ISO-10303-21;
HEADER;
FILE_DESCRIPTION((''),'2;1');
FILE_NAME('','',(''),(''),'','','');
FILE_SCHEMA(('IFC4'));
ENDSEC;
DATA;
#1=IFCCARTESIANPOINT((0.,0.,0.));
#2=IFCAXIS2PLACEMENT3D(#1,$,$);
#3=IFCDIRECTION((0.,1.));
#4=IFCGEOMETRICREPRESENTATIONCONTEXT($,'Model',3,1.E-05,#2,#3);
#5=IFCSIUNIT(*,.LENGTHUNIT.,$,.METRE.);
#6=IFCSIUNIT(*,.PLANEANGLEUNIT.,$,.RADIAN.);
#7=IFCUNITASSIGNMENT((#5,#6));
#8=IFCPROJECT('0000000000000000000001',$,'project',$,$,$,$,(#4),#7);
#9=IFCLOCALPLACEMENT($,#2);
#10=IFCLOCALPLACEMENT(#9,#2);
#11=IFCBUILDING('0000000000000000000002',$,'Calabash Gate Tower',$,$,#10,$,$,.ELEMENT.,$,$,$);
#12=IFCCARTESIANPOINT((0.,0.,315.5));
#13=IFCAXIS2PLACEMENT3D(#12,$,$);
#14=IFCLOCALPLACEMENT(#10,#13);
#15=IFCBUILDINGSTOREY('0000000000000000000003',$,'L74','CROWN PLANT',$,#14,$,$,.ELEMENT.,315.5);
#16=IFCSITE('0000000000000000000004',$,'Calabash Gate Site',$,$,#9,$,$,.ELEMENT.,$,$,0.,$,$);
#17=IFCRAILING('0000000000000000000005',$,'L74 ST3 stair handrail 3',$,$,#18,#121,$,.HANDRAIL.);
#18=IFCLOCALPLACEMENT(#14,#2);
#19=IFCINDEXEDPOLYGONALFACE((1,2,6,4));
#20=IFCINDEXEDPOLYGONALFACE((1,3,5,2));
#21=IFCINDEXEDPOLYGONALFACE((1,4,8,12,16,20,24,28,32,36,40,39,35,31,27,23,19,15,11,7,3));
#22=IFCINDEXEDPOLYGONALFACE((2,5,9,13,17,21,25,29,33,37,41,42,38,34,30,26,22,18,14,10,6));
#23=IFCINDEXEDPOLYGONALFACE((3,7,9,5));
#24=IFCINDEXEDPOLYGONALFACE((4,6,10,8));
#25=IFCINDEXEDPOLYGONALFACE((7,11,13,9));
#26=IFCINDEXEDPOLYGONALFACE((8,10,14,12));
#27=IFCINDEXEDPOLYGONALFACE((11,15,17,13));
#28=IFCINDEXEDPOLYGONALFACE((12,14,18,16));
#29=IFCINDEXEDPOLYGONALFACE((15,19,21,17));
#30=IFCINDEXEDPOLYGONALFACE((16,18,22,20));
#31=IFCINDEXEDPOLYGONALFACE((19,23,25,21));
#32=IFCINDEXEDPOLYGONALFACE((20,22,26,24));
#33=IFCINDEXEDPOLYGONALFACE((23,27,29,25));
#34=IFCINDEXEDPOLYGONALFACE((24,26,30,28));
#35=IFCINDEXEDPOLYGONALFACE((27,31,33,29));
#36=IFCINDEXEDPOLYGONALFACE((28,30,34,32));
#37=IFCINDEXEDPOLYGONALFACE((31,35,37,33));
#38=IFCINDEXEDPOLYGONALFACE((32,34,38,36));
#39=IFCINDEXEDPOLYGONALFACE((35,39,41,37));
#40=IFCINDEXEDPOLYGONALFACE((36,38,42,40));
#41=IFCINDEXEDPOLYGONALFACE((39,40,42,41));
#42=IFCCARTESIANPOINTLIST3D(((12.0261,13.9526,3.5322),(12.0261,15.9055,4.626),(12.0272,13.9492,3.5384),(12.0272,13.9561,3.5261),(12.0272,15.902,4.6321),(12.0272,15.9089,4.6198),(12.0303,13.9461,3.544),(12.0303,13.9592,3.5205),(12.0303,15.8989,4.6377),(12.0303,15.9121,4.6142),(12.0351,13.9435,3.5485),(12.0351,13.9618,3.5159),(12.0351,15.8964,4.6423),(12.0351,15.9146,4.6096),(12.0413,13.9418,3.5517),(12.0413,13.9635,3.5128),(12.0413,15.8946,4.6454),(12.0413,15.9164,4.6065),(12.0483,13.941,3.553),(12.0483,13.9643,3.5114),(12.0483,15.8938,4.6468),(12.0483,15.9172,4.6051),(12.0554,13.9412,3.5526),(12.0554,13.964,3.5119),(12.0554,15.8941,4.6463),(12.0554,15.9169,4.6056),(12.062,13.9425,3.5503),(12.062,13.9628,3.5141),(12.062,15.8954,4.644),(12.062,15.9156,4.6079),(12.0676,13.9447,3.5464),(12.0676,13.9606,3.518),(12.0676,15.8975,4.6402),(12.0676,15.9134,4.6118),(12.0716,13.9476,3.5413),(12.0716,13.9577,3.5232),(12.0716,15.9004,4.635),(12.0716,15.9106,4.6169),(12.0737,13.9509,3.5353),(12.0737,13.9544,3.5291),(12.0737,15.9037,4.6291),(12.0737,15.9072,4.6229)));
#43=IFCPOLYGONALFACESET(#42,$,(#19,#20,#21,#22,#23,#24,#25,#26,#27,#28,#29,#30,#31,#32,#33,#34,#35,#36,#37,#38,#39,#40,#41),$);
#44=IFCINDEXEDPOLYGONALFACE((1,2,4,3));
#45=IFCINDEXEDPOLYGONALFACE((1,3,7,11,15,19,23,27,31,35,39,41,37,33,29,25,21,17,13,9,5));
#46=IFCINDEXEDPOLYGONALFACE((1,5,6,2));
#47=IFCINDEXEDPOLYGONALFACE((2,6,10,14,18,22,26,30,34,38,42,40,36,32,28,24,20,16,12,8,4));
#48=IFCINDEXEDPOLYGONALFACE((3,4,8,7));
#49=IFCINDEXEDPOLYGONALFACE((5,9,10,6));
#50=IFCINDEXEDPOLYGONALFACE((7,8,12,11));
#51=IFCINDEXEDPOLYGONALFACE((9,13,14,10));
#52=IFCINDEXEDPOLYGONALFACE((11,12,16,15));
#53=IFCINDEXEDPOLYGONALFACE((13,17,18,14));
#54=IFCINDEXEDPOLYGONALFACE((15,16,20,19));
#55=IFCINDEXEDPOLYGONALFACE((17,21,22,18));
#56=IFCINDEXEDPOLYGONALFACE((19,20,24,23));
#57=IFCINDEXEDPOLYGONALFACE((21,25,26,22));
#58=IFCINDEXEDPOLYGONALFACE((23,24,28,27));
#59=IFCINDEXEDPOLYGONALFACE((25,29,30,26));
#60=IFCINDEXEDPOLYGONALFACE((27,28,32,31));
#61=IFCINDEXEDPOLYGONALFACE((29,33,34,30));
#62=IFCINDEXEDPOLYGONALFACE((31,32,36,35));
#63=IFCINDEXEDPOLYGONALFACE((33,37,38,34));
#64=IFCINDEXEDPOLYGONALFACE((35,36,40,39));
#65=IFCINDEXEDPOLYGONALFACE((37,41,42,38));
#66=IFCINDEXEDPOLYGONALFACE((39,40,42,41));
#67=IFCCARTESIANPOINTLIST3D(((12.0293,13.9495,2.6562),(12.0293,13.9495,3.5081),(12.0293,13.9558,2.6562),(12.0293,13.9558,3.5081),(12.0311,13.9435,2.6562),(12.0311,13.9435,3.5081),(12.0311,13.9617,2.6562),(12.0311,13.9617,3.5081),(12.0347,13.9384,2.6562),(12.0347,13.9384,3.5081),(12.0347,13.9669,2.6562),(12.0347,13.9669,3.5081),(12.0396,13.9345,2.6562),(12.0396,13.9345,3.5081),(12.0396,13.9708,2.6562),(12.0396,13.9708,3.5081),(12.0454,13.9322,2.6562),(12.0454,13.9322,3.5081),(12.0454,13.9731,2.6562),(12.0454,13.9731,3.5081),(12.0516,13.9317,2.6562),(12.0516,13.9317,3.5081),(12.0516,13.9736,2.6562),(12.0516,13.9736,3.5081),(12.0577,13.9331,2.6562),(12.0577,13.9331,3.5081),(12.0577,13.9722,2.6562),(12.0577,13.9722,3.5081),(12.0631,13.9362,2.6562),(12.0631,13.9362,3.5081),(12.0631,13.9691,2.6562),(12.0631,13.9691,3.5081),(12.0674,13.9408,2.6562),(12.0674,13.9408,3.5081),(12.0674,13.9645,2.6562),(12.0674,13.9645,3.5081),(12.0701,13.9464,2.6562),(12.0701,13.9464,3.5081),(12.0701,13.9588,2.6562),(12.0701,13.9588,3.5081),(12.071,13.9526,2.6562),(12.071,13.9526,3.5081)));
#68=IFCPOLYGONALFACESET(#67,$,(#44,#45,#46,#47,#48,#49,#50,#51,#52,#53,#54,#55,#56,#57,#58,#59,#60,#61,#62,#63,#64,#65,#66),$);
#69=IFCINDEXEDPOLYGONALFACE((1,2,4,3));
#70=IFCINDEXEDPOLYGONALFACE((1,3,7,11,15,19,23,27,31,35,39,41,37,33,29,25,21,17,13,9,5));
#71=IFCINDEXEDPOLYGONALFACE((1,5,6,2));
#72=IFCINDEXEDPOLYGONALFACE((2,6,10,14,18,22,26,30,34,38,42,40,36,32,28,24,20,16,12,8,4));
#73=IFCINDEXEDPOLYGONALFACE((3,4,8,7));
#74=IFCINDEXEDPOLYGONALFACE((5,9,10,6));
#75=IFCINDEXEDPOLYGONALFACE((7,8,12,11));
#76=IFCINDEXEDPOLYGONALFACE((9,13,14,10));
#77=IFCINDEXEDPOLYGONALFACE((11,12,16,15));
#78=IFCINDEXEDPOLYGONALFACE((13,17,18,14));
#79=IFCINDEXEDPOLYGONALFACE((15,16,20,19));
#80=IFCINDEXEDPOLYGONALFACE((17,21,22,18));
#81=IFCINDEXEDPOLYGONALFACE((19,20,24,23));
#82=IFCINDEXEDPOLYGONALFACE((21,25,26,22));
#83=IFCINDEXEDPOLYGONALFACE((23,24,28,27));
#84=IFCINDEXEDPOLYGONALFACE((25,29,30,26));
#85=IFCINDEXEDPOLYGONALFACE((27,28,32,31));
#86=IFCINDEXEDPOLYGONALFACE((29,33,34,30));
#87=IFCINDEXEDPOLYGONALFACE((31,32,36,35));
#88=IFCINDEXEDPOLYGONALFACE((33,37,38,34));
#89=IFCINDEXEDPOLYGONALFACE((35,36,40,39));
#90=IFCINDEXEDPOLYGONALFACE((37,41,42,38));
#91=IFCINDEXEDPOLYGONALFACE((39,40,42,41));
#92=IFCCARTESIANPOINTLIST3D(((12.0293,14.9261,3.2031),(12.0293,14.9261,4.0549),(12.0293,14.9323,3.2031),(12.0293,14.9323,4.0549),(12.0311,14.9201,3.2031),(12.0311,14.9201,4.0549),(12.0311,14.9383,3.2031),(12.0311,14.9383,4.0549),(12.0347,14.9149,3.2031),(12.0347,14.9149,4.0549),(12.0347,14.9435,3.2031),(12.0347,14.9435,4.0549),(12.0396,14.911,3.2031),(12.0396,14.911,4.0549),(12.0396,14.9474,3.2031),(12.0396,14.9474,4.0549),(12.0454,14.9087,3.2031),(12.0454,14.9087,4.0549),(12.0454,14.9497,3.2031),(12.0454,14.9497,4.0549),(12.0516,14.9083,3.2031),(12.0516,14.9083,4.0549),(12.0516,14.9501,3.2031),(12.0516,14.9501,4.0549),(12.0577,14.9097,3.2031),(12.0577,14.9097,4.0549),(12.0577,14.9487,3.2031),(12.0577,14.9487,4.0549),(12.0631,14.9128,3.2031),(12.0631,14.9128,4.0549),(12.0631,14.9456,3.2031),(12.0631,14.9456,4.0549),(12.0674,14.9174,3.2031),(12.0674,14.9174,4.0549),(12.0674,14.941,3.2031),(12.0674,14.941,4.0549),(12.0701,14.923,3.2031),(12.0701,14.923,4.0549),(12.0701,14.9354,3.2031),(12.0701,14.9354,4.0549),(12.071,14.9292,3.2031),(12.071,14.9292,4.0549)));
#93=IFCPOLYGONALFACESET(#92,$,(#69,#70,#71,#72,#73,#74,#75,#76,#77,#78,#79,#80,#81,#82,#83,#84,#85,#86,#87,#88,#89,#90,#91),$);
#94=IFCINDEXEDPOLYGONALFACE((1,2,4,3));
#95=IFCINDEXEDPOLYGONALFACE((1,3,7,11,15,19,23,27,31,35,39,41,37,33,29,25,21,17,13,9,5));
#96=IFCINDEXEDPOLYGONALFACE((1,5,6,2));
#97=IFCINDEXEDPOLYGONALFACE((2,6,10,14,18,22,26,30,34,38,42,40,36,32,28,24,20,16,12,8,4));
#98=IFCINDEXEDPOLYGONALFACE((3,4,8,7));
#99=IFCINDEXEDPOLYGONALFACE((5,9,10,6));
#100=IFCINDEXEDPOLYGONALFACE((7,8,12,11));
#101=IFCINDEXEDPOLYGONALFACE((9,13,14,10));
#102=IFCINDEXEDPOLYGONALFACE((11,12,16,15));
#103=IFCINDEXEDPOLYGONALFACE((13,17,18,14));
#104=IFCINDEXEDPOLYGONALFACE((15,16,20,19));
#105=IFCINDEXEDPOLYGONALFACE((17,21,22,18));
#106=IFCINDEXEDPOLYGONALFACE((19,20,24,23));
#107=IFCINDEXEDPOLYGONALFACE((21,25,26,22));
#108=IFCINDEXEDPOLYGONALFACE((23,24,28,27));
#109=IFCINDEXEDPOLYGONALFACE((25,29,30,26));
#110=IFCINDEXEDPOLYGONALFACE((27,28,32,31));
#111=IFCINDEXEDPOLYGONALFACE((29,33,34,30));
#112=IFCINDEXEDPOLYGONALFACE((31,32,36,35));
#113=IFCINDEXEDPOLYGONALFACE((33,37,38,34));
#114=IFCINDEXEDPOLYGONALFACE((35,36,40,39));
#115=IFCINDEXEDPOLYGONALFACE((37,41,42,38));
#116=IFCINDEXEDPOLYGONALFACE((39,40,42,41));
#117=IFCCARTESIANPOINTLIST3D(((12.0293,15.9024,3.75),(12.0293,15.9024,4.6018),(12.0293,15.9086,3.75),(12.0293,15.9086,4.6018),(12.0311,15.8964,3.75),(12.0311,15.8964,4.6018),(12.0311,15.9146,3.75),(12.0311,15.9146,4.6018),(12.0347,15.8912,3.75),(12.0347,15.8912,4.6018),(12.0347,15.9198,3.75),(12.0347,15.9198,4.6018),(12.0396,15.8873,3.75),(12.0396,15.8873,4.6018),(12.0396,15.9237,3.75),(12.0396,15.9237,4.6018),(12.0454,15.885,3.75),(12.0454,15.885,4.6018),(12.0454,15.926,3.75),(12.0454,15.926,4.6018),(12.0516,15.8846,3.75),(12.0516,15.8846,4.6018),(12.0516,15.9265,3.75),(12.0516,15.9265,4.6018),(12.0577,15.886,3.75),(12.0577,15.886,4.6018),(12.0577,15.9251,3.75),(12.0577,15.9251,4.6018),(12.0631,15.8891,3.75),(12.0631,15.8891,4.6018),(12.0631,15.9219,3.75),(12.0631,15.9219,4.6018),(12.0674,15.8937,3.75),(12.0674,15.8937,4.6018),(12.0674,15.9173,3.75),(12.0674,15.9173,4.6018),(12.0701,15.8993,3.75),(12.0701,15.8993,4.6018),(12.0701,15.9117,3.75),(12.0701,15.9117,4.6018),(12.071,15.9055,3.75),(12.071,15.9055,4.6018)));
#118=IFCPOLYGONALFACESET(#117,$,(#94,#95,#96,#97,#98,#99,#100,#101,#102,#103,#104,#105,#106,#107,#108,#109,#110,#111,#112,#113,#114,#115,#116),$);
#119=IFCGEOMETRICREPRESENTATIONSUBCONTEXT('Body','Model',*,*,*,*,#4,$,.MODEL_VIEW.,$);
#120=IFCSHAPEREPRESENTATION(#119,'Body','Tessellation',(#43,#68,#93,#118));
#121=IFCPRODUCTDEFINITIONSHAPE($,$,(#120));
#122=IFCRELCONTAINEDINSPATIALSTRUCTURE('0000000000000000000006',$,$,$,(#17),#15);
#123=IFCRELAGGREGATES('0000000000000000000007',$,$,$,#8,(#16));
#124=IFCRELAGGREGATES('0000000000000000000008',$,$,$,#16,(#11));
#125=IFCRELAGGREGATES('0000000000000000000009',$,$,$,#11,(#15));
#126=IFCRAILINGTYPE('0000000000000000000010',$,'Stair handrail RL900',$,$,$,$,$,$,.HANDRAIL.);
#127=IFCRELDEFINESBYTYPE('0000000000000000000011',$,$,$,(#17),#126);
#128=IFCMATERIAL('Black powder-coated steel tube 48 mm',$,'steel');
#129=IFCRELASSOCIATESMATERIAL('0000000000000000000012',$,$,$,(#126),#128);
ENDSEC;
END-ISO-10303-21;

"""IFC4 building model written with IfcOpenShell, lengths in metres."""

from ifc_helpers import new_model, si_unit, direction, frame, origin, origin_2d, place, context, subcontext, project, spatial, circle, extrude, material, type_object, element, save


model = new_model("IFC4")

# Units and contexts
model_context = context("Model", 3, precision=1e-05, world=origin(), true_north=direction((0.0, 1.0)))
body_context = subcontext(model_context, "Body", "Model", "MODEL_VIEW")
ifc_project = project(units=[si_unit("LENGTHUNIT", "METRE"), si_unit("PLANEANGLEUNIT", "RADIAN")], contexts=[model_context])

# Site, building, storey
site_placement = place(None, origin())
site = spatial("IfcSite", under=ifc_project, at=site_placement, Name="Calabash Gate Site", CompositionType="ELEMENT", RefElevation=0.0)
building_placement = place(site_placement, origin())
building = spatial("IfcBuilding", under=site, at=building_placement, Name="Calabash Gate Tower", CompositionType="ELEMENT")
storey_placement = place(building_placement, frame((0.0, 0.0, 315.5)))
storey = spatial("IfcBuildingStorey", under=building, at=storey_placement, Name="L74", Description="CROWN PLANT", CompositionType="ELEMENT", Elevation=315.5)

# Railing
ifc_material_1 = material(Name="Black powder-coated steel tube 48 mm", Category="steel")
railing_type_1 = type_object("IfcRailingType", Name="Stair handrail RL900", PredefinedType="HANDRAIL", material=ifc_material_1)
railing_1_placement = place(storey_placement, frame((12.05, 13.9526, 2.6562)))
element("IfcRailing", 1, at=railing_1_placement, inside=storey, type_object=railing_type_1, Name="L74 ST3 stair handrail 3", PredefinedType="HANDRAIL", context=body_context, shape_type="SweptSolid", body=[
    extrude(circle(Radius=0.0239, at=origin_2d()), frame((0.0, 0.0, 0.876), z_axis=(0.0, 0.87248, 0.48865), x_axis=(-1.0, 0.0, 0.0)), (0.0, 0.0, 1.0), 2.2383),
    extrude(circle(Radius=0.021, at=origin_2d()), origin(), (0.0, 0.0, 1.0), 0.8518),
    extrude(circle(Radius=0.021, at=origin_2d()), frame((0.0, 0.9766, 0.5469)), (0.0, 0.0, 1.0), 0.8518),
    extrude(circle(Radius=0.021, at=origin_2d()), frame((0.0, 1.9529, 1.0938)), (0.0, 0.0, 1.0), 0.8518),
])

save(model, "model.ifc")
